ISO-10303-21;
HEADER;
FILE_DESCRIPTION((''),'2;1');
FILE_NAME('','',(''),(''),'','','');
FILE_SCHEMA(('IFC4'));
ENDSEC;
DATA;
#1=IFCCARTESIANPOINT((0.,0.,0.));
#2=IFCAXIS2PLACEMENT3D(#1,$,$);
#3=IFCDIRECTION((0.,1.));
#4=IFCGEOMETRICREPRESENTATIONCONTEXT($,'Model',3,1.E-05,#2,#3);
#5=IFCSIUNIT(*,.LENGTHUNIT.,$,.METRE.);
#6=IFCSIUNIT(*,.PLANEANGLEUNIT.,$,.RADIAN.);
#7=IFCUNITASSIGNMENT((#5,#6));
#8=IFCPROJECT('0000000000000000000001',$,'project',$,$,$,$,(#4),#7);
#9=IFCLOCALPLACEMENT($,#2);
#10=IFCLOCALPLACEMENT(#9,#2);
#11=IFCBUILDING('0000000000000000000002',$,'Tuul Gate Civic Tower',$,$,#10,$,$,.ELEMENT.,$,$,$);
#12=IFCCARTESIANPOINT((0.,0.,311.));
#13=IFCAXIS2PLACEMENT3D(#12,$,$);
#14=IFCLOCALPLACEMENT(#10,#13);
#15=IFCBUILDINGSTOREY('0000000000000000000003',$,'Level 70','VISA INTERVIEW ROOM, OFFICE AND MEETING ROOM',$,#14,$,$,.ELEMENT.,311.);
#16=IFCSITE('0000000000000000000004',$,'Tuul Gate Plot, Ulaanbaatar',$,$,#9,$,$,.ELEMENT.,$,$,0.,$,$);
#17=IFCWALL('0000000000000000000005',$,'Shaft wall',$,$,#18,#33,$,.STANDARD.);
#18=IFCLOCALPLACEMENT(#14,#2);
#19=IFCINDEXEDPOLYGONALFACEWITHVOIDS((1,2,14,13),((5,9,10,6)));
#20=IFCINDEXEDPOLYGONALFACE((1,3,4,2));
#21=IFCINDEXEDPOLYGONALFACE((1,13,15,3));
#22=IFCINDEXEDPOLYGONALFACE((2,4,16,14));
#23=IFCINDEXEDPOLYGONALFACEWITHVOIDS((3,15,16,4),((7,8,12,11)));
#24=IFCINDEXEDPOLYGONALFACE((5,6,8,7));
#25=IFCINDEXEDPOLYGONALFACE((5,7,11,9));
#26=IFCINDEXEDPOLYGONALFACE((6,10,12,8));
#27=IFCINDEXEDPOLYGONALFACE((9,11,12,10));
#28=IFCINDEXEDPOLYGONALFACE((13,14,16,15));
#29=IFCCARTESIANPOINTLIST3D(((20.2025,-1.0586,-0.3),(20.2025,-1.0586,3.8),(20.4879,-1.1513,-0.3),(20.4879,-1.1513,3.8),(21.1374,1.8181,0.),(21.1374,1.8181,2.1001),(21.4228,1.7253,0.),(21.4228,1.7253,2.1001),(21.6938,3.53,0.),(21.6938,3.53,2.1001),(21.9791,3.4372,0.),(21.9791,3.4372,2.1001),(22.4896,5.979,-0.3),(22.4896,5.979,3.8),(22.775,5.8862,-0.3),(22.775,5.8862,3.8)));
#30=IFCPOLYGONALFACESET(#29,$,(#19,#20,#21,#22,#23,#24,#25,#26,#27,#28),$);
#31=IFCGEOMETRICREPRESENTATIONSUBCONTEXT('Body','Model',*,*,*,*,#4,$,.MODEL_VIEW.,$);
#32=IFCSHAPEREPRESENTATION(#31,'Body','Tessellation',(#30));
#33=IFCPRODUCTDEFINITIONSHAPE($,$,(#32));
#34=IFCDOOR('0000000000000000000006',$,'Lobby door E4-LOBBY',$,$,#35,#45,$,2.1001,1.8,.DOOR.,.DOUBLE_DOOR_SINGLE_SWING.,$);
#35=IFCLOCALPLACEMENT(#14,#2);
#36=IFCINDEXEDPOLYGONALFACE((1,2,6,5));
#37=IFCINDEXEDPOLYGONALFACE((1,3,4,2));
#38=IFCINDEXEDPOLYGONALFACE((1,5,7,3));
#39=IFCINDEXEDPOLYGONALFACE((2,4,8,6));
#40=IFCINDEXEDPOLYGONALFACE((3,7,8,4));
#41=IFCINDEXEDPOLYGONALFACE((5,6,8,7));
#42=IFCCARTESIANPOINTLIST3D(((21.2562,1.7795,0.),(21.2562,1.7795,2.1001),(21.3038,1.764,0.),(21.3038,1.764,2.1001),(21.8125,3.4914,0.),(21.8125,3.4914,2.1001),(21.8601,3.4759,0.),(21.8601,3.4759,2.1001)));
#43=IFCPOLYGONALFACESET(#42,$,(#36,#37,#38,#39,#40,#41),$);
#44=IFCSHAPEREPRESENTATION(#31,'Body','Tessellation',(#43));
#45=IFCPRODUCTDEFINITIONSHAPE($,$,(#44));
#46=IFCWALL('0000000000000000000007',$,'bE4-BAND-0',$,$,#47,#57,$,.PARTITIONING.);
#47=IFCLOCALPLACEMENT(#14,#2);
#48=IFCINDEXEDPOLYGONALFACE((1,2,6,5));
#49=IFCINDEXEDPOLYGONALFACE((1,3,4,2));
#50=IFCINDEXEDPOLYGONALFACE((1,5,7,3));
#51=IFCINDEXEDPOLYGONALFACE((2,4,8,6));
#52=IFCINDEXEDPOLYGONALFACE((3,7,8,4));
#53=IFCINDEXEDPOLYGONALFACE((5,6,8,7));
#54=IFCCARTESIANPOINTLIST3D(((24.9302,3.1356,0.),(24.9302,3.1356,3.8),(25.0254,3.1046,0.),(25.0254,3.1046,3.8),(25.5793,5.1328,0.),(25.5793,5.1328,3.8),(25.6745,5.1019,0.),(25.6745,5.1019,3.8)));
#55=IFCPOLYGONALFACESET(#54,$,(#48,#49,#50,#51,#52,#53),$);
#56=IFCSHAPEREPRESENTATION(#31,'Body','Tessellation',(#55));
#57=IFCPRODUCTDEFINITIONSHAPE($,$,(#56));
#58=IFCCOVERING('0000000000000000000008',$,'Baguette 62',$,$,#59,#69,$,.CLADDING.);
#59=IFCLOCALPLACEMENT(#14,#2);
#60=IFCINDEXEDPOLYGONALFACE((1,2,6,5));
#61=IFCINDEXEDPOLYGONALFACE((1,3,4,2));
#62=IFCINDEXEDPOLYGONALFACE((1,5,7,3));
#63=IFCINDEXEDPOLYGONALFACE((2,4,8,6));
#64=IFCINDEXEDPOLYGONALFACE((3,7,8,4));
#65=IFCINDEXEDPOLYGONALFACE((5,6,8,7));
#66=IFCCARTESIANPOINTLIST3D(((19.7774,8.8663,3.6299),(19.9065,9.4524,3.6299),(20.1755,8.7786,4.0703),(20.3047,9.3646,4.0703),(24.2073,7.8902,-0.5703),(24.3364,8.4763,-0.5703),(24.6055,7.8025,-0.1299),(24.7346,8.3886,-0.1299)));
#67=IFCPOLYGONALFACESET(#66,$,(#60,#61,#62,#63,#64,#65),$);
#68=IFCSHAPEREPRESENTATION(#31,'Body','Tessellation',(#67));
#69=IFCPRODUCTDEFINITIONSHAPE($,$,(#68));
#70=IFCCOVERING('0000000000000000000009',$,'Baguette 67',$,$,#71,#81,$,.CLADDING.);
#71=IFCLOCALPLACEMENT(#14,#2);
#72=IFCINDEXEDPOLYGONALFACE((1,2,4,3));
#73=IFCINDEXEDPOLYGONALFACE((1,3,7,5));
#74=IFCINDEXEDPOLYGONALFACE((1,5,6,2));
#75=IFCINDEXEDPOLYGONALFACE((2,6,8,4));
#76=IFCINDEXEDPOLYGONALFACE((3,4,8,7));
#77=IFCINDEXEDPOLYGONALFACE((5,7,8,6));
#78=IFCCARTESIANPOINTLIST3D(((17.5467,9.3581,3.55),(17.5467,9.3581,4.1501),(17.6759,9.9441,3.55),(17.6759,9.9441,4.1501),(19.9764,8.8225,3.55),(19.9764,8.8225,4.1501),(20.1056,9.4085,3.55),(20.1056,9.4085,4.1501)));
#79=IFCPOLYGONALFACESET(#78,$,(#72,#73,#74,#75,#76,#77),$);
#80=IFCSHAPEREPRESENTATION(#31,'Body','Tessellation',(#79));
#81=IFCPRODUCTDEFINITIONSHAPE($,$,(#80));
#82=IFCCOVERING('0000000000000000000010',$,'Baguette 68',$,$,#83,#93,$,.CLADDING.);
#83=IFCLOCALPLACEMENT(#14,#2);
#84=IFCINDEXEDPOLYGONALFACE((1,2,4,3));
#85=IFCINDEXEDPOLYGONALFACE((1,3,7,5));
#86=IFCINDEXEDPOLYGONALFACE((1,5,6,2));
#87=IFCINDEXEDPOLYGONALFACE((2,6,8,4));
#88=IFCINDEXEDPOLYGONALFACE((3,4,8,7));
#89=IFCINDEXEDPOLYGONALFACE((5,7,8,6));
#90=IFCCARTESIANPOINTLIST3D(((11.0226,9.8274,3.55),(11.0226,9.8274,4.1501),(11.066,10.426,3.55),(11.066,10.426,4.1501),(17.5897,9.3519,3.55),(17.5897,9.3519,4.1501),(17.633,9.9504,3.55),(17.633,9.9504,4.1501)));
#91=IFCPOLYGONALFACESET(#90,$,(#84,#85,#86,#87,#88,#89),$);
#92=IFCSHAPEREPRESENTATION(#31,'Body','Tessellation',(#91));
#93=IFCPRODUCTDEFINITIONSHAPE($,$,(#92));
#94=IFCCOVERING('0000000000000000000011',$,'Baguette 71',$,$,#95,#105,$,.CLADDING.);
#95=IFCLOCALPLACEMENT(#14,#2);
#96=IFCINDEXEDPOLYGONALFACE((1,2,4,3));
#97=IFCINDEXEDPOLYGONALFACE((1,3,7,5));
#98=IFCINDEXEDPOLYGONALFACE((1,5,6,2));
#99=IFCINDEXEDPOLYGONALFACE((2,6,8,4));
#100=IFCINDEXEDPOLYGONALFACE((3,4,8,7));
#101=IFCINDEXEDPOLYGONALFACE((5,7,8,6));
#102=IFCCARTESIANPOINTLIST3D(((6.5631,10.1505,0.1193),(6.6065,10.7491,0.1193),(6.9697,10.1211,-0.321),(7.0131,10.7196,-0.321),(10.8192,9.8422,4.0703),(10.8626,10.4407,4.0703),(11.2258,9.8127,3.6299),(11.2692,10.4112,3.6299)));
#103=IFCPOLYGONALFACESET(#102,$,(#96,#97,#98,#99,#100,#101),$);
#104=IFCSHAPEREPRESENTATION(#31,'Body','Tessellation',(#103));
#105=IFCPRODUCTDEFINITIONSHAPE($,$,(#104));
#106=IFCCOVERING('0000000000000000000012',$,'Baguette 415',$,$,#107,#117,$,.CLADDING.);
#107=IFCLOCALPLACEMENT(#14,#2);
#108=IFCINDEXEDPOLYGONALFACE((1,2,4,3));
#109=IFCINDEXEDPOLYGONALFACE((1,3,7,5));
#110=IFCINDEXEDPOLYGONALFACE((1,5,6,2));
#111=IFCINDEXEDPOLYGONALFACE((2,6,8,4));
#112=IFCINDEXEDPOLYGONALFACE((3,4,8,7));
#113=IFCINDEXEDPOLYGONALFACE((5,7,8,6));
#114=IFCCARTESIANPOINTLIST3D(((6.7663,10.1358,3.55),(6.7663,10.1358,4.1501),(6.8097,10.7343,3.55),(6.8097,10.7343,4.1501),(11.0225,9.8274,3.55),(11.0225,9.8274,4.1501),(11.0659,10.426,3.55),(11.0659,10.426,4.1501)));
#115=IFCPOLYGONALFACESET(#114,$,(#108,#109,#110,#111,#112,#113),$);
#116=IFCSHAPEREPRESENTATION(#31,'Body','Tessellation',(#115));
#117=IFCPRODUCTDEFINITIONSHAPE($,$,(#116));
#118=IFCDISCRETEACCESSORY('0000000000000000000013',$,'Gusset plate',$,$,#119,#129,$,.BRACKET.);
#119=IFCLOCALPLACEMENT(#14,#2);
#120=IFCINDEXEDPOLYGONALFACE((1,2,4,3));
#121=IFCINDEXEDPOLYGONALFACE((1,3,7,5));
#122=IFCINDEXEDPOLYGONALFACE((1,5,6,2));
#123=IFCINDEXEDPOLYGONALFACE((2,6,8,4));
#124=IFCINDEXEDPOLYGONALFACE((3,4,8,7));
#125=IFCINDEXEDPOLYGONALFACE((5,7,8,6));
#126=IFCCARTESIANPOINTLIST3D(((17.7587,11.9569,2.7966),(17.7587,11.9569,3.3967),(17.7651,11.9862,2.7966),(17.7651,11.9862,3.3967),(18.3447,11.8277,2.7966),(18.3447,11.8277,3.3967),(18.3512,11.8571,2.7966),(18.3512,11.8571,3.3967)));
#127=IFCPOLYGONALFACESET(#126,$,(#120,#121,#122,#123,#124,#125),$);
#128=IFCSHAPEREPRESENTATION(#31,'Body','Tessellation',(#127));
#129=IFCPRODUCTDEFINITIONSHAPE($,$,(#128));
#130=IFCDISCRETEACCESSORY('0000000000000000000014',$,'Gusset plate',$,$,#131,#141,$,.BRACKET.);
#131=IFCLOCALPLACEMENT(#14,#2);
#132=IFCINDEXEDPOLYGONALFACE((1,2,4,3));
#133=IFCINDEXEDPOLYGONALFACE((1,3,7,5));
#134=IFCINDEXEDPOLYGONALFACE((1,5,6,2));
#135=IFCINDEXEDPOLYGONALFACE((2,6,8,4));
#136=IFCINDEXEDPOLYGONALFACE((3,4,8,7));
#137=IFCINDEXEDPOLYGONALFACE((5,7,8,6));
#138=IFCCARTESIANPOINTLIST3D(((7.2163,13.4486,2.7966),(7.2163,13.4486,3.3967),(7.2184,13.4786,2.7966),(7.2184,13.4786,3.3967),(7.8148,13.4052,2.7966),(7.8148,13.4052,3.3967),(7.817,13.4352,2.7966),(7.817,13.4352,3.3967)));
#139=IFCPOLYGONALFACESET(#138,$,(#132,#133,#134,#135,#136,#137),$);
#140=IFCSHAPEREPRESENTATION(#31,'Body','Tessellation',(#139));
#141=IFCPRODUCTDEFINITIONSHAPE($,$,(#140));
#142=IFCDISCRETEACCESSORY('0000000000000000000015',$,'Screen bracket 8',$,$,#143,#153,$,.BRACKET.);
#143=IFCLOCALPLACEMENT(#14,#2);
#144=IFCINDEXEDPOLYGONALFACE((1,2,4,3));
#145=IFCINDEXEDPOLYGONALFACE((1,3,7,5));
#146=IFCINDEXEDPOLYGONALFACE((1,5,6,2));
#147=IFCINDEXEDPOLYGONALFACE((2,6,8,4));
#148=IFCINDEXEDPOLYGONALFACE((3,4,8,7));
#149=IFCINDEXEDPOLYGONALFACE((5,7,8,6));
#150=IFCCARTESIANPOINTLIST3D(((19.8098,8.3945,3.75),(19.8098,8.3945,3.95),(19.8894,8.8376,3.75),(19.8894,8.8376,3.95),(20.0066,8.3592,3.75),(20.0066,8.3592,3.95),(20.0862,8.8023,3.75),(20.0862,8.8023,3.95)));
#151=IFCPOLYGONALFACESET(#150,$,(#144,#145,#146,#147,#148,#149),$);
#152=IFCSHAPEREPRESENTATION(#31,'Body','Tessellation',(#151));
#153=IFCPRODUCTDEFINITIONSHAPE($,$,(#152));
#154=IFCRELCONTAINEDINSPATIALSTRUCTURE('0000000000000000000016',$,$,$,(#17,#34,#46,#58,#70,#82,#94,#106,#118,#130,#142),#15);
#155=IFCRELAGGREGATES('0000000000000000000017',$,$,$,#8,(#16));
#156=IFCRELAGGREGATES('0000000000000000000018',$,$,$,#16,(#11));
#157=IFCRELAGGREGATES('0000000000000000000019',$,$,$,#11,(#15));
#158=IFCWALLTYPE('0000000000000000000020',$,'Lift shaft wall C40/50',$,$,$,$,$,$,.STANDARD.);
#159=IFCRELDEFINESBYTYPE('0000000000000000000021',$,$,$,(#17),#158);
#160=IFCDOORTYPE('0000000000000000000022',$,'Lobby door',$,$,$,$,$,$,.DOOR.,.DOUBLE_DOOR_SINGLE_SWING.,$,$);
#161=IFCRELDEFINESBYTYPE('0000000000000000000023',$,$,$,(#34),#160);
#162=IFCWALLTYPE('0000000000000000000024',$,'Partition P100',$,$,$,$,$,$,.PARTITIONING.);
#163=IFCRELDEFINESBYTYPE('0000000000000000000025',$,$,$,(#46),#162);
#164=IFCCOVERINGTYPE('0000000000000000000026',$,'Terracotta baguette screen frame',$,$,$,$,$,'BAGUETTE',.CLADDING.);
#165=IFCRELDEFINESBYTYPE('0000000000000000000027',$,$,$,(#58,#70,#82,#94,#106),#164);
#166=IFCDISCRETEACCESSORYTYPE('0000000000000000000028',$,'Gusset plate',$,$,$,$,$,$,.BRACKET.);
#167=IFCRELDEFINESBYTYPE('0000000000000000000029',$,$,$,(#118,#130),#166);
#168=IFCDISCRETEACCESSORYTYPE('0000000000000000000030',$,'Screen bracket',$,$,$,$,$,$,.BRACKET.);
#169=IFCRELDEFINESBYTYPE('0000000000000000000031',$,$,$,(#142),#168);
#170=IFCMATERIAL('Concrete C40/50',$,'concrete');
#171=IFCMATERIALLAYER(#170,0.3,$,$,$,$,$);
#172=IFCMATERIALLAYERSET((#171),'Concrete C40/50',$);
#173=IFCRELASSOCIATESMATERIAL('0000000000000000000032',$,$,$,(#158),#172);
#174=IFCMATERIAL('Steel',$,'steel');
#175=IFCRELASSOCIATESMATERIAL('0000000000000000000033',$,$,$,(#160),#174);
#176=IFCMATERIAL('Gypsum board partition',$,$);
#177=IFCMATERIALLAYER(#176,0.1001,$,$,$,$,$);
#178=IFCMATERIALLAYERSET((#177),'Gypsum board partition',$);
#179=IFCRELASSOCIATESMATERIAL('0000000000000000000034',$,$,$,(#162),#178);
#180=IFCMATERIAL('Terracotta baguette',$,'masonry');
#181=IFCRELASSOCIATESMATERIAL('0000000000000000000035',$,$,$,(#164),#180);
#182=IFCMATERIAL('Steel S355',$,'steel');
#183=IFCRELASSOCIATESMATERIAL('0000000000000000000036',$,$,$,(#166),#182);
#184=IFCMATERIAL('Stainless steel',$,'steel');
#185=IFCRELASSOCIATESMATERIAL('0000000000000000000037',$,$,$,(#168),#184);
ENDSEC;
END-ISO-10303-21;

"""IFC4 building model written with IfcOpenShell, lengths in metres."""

from ifc_helpers import new_model, si_unit, direction, frame, frame_2d, origin, origin_2d, place, context, subcontext, project, spatial, rectangle, extrude, material, layer, layer_set, material_profile, profile_set, type_object, element, fill, save


model = new_model("IFC4")

# Units and contexts
model_context = context("Model", 3, precision=1e-05, world=origin(), true_north=direction((0.0, 1.0)))
body_context = subcontext(model_context, "Body", "Model", "MODEL_VIEW")
ifc_project = project(units=[si_unit("LENGTHUNIT", "METRE"), si_unit("PLANEANGLEUNIT", "RADIAN")], contexts=[model_context])

# Site, building, storey
site_placement = place(None, origin())
site = spatial("IfcSite", under=ifc_project, at=site_placement, Name="Tuul Gate Plot, Ulaanbaatar", CompositionType="ELEMENT", RefElevation=0.0)
building_placement = place(site_placement, origin())
building = spatial("IfcBuilding", under=site, at=building_placement, Name="Tuul Gate Civic Tower", CompositionType="ELEMENT")
storey_placement = place(building_placement, frame((0.0, 0.0, 311.0)))
storey = spatial("IfcBuildingStorey", under=building, at=storey_placement, Name="Level 70", Description="VISA INTERVIEW ROOM, OFFICE AND MEETING ROOM", CompositionType="ELEMENT", Elevation=311.0)

# Shared definitions
ifc_material_1 = material(Name="Concrete C40/50", Category="concrete")
ifc_layer_1 = layer(ifc_material_1, 0.3)
ifc_layer_set_1 = layer_set([ifc_layer_1], Name="Concrete C40/50")
wall_type_1 = type_object("IfcWallType", Name="Lift shaft wall C40/50", PredefinedType="STANDARD", material=ifc_layer_set_1)

# Wall, opening, door
wall_1_placement = place(storey_placement, frame((20.3452, -1.105, -0.3), z_axis=(0.0, 0.0, 1.0), x_axis=(0.309073, 0.951038, 0.0)))
wall_1 = element("IfcWall", 1, at=wall_1_placement, inside=storey, type_object=wall_type_1, Name="Shaft wall", PredefinedType="STANDARD", context=body_context, shape_type="SweptSolid", body=[
    extrude(rectangle(XDim=7.3999, YDim=0.3, at=frame_2d((3.7, 0.0))), origin(), (0.0, 0.0, 1.0), 4.1001),
])
opening_1_placement = place(wall_1_placement, frame((3.0249, 0.0, 0.3)))
opening_1 = element("IfcOpeningElement", 2, at=opening_1_placement, cuts=wall_1, PredefinedType="OPENING", context=body_context, shape_type="SweptSolid", body=[
    extrude(rectangle(XDim=1.8, YDim=2.1001, at=frame_2d((0.8999, 1.05))), frame((0.0, 0.1602, 0.0), z_axis=(0.0, -1.0, 0.0), x_axis=(1.0, 0.0, 0.0)), (0.0, 0.0, 1.0), 0.3201),
])
ifc_material_2 = material(Name="Steel", Category="steel")
door_type_1 = type_object("IfcDoorType", Name="Lobby door", OperationType="DOUBLE_DOOR_SINGLE_SWING", PredefinedType="DOOR", material=ifc_material_2)
door_1_placement = place(opening_1_placement, frame((1.8, 0.0, 0.0), z_axis=(0.0, 0.0, 1.0), x_axis=(-1.0, 0.0, 0.0)))
door_1 = element("IfcDoor", 3, at=door_1_placement, inside=storey, type_object=door_type_1, Name="Lobby door E4-LOBBY", OperationType="DOUBLE_DOOR_SINGLE_SWING", OverallHeight=2.1001, OverallWidth=1.8, PredefinedType="DOOR", context=body_context, shape_type="SweptSolid", body=[
    extrude(rectangle(XDim=1.8, YDim=2.1001, at=frame_2d((0.9001, 1.05))), frame((0.0, 0.0249, 0.0), z_axis=(0.0, -1.0, 0.0), x_axis=(1.0, 0.0, 0.0)), (0.0, 0.0, 1.0), 0.05),
])
fill(opening_1, door_1)

# Wall
ifc_material_3 = material(Name="Gypsum board partition")
ifc_layer_2 = layer(ifc_material_3, 0.1001)
ifc_layer_set_2 = layer_set([ifc_layer_2], Name="Gypsum board partition")
wall_type_2 = type_object("IfcWallType", Name="Partition P100", PredefinedType="PARTITIONING", material=ifc_layer_set_2)
wall_2_placement = place(storey_placement, frame((24.9778, 3.1201, 0.0), z_axis=(0.0, 0.0, 1.0), x_axis=(0.309104, 0.951028, 0.0)))
element("IfcWall", 4, at=wall_2_placement, inside=storey, type_object=wall_type_2, Name="bE4-BAND-0", PredefinedType="PARTITIONING", context=body_context, shape_type="SweptSolid", body=[
    extrude(rectangle(XDim=2.1001, YDim=0.1001, at=frame_2d((1.05, 0.0))), origin(), (0.0, 0.0, 1.0), 3.8),
])

# Coverings
ifc_material_4 = material(Name="Terracotta baguette", Category="masonry")
ifc_material_profile_1 = material_profile(ifc_material_4, rectangle(XDim=0.6001, YDim=0.6001, at=origin_2d()), Name="Terracotta baguette screen frame")
ifc_profile_set_1 = profile_set([ifc_material_profile_1], Name="Terracotta baguette")
covering_type = type_object("IfcCoveringType", Name="Terracotta baguette screen frame", ElementType="BAGUETTE", PredefinedType="CLADDING", material=ifc_profile_set_1)
covering_1_placement = place(storey_placement, frame((24.4709, 8.1394, -0.3501), z_axis=(-0.716571, 0.157887, 0.67941), x_axis=(-0.215175, -0.976576, 0.0)))
element("IfcCovering", 5, at=covering_1_placement, inside=storey, type_object=covering_type, Name="Baguette 62", PredefinedType="CLADDING", context=body_context, shape_type="SweptSolid", body=[
    extrude(rectangle(XDim=0.6001, YDim=0.6001, at=origin_2d()), origin(), (0.0, 0.0, 1.0), 6.1821),
])
covering_2_placement = place(storey_placement, frame((20.041, 9.1155, 3.8501), z_axis=(-0.97655, 0.215289, 0.0), x_axis=(-0.215289, -0.97655, 0.0)))
element("IfcCovering", 6, at=covering_2_placement, inside=storey, type_object=covering_type, Name="Baguette 67", PredefinedType="CLADDING", context=body_context, shape_type="SweptSolid", body=[
    extrude(rectangle(XDim=0.6001, YDim=0.6001, at=origin_2d()), origin(), (0.0, 0.0, 1.0), 2.488),
])
covering_3_placement = place(storey_placement, frame((17.6113, 9.6511, 3.8501), z_axis=(-0.997388, 0.07223, 0.0), x_axis=(-0.07223, -0.997388, 0.0)))
element("IfcCovering", 7, at=covering_3_placement, inside=storey, type_object=covering_type, Name="Baguette 68", PredefinedType="CLADDING", context=body_context, shape_type="SweptSolid", body=[
    extrude(rectangle(XDim=0.6001, YDim=0.6001, at=origin_2d()), origin(), (0.0, 0.0, 1.0), 6.5842),
])
covering_4_placement = place(storey_placement, frame((11.0442, 10.1267, 3.8501), z_axis=(-0.731863, 0.053023, -0.679386), x_axis=(-0.072259, -0.997386, 0.0)))
element("IfcCovering", 8, at=covering_4_placement, inside=storey, type_object=covering_type, Name="Baguette 71", PredefinedType="CLADDING", context=body_context, shape_type="SweptSolid", body=[
    extrude(rectangle(XDim=0.6001, YDim=0.6001, at=origin_2d()), origin(), (0.0, 0.0, 1.0), 5.8154),
])
covering_5_placement = place(storey_placement, frame((11.0442, 10.1267, 3.8501), z_axis=(-0.997386, 0.072259, 0.0), x_axis=(-0.072259, -0.997386, 0.0)))
element("IfcCovering", 9, at=covering_5_placement, inside=storey, type_object=covering_type, Name="Baguette 415", PredefinedType="CLADDING", context=body_context, shape_type="SweptSolid", body=[
    extrude(rectangle(XDim=0.6001, YDim=0.6001, at=origin_2d()), origin(), (0.0, 0.0, 1.0), 4.2673),
])

# Discrete accessories
ifc_material_5 = material(Name="Steel S355", Category="steel")
discrete_accessory_type_1 = type_object("IfcDiscreteAccessoryType", Name="Gusset plate", PredefinedType="BRACKET", material=ifc_material_5)
for number, where, z_axis, x_axis, name in (
    (10, (18.0549, 11.907, 2.7966), (0.0, 0.0, 1.0), (0.976569, -0.215205, 0.0), "Gusset plate"),
    (11, (7.5166, 13.4419, 2.7966), (0.0, 0.0, 1.0), (0.997383, -0.072305, 0.0), "Gusset plate"),
):
    element("IfcDiscreteAccessory", number, at=place(storey_placement, frame(where, z_axis=z_axis, x_axis=x_axis)), inside=storey, type_object=discrete_accessory_type_1, Name=name, PredefinedType="BRACKET", context=body_context, shape_type="SweptSolid", body=[
        extrude(rectangle(XDim=0.6001, YDim=0.03, at=origin_2d()), origin(), (0.0, 0.0, 1.0), 0.6001),
    ])
ifc_material_6 = material(Name="Stainless steel", Category="steel")
discrete_accessory_type_2 = type_object("IfcDiscreteAccessoryType", Name="Screen bracket", PredefinedType="BRACKET", material=ifc_material_6)
discrete_accessory_placement = place(storey_placement, frame((19.948, 8.5984, 3.75), z_axis=(0.0, 0.0, 1.0), x_axis=(0.176791, 0.984248, 0.0)))
element("IfcDiscreteAccessory", 12, at=discrete_accessory_placement, inside=storey, type_object=discrete_accessory_type_2, Name="Screen bracket 8", PredefinedType="BRACKET", context=body_context, shape_type="SweptSolid", body=[
    extrude(rectangle(XDim=0.4502, YDim=0.2, at=origin_2d()), origin(), (0.0, 0.0, 1.0), 0.2),
])

save(model, "model.ifc")
